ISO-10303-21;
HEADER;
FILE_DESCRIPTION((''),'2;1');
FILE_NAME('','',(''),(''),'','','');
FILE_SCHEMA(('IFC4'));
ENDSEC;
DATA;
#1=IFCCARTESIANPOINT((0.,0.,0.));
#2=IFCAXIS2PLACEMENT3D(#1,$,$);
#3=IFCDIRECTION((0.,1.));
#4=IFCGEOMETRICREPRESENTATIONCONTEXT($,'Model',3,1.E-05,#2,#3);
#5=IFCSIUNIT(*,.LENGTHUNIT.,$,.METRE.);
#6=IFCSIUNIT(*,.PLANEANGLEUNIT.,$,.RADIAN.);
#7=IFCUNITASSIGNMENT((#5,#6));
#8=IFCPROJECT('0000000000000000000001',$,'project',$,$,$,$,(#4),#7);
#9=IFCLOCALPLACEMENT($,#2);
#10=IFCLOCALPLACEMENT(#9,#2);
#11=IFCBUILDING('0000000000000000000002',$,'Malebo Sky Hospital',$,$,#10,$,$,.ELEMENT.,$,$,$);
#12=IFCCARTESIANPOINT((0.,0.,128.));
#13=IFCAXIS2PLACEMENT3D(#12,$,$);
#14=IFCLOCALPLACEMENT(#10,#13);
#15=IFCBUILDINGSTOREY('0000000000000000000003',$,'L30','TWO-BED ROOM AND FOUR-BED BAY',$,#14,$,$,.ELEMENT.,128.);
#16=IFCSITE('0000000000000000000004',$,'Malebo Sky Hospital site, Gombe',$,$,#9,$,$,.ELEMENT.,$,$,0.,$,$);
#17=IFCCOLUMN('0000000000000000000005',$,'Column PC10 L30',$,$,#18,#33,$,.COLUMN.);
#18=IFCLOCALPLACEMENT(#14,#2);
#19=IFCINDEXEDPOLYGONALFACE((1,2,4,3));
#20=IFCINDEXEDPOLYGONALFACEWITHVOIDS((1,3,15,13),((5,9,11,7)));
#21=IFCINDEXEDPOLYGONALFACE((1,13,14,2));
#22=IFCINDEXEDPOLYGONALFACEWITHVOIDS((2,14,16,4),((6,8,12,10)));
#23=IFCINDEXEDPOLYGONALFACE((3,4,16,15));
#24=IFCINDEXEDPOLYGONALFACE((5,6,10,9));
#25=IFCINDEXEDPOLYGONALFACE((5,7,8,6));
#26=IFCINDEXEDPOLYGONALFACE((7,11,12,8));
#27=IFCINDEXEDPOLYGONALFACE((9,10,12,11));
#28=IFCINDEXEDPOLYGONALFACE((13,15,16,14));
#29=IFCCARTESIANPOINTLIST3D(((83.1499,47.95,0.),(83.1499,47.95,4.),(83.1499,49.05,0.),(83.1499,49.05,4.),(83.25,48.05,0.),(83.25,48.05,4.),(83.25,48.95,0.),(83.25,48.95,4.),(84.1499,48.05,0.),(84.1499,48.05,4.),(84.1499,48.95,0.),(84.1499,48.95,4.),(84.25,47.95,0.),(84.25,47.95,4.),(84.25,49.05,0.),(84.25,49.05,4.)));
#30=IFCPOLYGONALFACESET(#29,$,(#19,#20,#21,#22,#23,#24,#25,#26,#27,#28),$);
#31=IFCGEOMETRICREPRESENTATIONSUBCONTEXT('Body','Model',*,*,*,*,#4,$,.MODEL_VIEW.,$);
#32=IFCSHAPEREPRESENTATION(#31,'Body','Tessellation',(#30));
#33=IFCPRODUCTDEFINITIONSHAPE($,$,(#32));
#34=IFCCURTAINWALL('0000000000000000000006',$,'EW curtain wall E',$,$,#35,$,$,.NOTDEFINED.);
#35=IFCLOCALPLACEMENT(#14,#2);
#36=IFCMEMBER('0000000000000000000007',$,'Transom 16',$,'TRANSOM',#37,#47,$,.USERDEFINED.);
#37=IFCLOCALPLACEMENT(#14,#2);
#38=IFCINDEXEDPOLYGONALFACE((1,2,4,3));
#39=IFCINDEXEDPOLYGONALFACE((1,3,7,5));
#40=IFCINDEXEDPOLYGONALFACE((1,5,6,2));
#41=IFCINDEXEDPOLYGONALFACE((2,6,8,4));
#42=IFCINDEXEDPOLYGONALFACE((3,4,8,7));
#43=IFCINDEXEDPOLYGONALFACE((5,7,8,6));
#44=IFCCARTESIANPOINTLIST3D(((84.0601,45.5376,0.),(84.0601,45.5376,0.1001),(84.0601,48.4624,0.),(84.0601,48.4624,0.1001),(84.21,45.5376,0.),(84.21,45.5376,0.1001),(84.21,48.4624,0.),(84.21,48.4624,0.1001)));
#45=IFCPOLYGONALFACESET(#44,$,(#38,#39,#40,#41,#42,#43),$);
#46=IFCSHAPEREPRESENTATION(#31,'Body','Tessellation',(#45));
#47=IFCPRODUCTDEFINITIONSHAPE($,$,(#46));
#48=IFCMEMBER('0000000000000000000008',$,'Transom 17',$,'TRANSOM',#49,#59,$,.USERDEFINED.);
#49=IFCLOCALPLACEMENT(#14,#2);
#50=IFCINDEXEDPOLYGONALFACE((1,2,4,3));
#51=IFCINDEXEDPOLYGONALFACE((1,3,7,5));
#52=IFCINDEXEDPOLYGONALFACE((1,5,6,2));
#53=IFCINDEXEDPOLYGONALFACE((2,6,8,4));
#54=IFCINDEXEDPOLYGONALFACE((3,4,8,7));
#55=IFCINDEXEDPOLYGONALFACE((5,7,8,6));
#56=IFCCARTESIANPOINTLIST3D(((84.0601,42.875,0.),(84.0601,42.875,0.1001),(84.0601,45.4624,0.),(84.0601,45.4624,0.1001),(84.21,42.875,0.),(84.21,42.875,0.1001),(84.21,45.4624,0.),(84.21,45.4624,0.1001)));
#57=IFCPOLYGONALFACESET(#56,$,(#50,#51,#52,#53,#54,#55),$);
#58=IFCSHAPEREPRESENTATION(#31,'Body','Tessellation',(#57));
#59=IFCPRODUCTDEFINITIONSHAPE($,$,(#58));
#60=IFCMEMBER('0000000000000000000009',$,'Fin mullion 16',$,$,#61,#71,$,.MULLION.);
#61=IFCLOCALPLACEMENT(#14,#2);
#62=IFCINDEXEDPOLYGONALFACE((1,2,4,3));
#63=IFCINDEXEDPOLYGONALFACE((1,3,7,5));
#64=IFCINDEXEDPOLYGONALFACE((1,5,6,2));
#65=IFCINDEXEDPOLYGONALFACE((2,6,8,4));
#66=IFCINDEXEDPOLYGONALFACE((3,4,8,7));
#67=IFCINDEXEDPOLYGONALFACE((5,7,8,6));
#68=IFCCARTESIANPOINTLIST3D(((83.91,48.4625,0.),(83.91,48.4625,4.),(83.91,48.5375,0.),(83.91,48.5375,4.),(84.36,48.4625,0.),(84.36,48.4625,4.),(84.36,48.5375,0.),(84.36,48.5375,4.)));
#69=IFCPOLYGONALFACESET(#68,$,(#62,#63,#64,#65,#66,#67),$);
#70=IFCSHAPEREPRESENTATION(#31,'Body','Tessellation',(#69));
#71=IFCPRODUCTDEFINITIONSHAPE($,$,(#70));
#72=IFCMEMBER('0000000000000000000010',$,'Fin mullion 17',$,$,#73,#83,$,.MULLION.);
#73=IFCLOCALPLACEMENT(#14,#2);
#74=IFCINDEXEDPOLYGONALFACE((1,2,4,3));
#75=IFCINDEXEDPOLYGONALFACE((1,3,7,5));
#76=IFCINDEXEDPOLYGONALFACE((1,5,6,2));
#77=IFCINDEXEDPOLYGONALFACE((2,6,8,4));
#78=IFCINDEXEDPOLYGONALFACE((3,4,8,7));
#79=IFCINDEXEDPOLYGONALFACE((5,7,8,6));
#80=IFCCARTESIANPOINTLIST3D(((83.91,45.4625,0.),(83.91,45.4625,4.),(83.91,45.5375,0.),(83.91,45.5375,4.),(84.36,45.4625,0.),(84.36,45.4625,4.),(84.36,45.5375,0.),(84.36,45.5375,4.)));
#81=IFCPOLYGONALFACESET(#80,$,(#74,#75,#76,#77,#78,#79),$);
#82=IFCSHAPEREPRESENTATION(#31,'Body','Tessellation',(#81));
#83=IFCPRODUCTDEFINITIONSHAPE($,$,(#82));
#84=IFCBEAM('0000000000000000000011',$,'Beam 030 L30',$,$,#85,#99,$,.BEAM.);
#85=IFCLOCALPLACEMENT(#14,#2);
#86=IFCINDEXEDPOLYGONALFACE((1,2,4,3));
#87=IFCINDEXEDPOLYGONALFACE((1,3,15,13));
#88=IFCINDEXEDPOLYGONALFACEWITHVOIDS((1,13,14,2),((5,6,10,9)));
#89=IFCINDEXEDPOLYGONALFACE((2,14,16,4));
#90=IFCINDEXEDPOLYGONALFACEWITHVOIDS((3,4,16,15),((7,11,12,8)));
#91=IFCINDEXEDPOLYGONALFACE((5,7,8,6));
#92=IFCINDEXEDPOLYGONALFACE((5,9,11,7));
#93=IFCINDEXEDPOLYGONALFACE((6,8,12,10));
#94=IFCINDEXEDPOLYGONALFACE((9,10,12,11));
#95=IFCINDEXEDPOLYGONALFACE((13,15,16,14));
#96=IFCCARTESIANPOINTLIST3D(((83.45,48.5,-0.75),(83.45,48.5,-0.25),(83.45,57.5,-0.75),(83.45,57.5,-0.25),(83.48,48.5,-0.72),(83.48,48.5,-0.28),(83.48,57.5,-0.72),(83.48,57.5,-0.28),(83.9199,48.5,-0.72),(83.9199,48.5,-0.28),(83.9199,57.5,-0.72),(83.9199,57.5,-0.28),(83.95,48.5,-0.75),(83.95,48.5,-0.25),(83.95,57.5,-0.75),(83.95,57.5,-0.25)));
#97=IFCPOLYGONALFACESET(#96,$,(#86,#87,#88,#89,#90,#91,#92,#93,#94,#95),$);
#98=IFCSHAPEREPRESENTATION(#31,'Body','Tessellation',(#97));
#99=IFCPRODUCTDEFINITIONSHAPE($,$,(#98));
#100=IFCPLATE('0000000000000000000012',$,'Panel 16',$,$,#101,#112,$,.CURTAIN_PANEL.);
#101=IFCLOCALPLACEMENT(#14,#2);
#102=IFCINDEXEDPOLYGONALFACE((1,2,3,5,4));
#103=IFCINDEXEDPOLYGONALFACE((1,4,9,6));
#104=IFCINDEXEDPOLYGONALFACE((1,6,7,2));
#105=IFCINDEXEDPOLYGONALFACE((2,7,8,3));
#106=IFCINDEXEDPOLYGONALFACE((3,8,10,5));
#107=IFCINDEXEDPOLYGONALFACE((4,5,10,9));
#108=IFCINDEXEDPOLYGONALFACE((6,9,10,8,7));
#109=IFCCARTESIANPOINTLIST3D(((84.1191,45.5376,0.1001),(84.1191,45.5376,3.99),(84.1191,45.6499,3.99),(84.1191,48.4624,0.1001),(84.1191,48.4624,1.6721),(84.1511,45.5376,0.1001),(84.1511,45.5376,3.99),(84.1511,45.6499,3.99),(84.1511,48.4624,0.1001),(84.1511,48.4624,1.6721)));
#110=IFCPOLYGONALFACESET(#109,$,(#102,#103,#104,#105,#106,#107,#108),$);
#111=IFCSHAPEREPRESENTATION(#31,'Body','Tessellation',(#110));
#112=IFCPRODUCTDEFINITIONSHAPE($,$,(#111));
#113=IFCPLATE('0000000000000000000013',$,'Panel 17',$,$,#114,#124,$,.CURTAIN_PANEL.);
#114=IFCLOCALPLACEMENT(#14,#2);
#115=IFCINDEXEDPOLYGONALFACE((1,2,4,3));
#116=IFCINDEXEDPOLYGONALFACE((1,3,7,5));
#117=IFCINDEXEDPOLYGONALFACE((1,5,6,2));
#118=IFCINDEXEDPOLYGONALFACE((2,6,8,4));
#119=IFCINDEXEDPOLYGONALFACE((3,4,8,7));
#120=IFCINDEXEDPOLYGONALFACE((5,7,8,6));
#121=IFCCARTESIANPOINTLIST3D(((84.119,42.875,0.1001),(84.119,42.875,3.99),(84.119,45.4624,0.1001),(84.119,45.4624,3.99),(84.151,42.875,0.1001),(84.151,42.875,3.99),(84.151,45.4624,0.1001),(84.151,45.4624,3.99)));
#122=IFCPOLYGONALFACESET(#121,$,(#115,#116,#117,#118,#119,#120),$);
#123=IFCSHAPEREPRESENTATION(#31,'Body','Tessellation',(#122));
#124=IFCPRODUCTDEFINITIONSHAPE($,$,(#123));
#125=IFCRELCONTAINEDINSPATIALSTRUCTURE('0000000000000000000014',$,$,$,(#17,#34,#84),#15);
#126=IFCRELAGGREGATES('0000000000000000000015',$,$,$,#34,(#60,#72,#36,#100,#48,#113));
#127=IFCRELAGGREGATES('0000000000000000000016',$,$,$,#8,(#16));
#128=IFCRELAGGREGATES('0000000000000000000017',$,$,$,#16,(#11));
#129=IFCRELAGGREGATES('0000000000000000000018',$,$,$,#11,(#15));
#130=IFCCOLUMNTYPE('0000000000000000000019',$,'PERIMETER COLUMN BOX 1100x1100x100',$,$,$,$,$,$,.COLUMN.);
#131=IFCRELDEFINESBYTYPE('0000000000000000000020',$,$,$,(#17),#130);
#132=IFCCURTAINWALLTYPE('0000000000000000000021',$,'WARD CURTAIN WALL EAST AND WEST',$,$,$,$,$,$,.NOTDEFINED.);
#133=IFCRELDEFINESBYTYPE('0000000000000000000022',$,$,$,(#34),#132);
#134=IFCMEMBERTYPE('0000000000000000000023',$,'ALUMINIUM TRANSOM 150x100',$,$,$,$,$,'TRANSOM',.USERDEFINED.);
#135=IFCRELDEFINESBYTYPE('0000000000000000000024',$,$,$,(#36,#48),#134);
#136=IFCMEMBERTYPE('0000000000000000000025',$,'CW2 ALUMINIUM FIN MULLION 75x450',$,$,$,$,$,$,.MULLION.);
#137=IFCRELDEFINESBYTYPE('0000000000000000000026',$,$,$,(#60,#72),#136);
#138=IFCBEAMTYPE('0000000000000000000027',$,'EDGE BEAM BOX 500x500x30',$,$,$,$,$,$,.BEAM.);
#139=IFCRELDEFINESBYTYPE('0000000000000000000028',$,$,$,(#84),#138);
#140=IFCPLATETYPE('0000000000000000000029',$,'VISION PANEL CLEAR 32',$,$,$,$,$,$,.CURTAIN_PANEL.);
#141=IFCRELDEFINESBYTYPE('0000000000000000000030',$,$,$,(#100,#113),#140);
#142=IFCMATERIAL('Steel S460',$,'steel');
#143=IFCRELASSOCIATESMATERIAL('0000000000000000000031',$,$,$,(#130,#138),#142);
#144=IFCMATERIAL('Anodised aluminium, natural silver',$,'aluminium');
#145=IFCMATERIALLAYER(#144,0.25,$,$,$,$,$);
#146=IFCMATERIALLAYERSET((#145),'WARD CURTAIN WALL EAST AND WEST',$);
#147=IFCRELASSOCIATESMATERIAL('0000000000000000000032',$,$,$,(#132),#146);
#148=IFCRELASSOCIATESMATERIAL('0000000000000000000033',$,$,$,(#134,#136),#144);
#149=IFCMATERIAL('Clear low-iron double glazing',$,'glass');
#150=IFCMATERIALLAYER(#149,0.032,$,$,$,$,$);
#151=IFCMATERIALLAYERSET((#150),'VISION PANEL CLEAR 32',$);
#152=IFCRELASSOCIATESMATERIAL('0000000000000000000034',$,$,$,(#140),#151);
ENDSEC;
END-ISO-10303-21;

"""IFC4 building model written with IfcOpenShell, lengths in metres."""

from ifc_helpers import new_model, si_unit, direction, frame, origin, origin_2d, place, context, subcontext, project, spatial, polyline, rectangle, hollow_rectangle, outline, extrude, material, layer, layer_set, material_profile, profile_set, type_object, element, aggregate, save


model = new_model("IFC4")

# Units and contexts
model_context = context("Model", 3, precision=1e-05, world=origin(), true_north=direction((0.0, 1.0)))
body_context = subcontext(model_context, "Body", "Model", "MODEL_VIEW")
ifc_project = project(units=[si_unit("LENGTHUNIT", "METRE"), si_unit("PLANEANGLEUNIT", "RADIAN")], contexts=[model_context])

# Site, building, storey
site_placement = place(None, origin())
site = spatial("IfcSite", under=ifc_project, at=site_placement, Name="Malebo Sky Hospital site, Gombe", CompositionType="ELEMENT", RefElevation=0.0)
building_placement = place(site_placement, origin())
building = spatial("IfcBuilding", under=site, at=building_placement, Name="Malebo Sky Hospital", CompositionType="ELEMENT")
storey_placement = place(building_placement, frame((0.0, 0.0, 128.0)))
storey = spatial("IfcBuildingStorey", under=building, at=storey_placement, Name="L30", Description="TWO-BED ROOM AND FOUR-BED BAY", CompositionType="ELEMENT", Elevation=128.0)

# Column
ifc_material_1 = material(Name="Steel S460", Category="steel")
ifc_material_profile_1 = material_profile(ifc_material_1, hollow_rectangle(XDim=1.1001, YDim=1.1001, WallThickness=0.1001, at=origin_2d()), Name="BOX 1100x1100x100")
ifc_profile_set_1 = profile_set([ifc_material_profile_1], Name="Steel S460")
column_type = type_object("IfcColumnType", Name="PERIMETER COLUMN BOX 1100x1100x100", PredefinedType="COLUMN", material=ifc_profile_set_1)
column_placement = place(storey_placement, frame((83.7, 48.5, 0.0), z_axis=(0.0, 0.0, 1.0), x_axis=(1.0, 0.0, 0.0)))
element("IfcColumn", 1, at=column_placement, inside=storey, type_object=column_type, Name="Column PC10 L30", PredefinedType="COLUMN", context=body_context, shape_type="SweptSolid", body=[
    extrude(hollow_rectangle(XDim=1.1001, YDim=1.1001, WallThickness=0.1001, at=origin_2d()), origin(), (0.0, 0.0, 1.0), 4.0),
])

# Curtain wall, members
ifc_material_2 = material(Name="Anodised aluminium, natural silver", Category="aluminium")
ifc_layer_1 = layer(ifc_material_2, 0.25)
ifc_layer_set_1 = layer_set([ifc_layer_1], Name="WARD CURTAIN WALL EAST AND WEST")
curtain_wall_type = type_object("IfcCurtainWallType", Name="WARD CURTAIN WALL EAST AND WEST", PredefinedType="NOTDEFINED", material=ifc_layer_set_1)
curtain_wall_placement = place(storey_placement, origin())
curtain_wall = element("IfcCurtainWall", 2, at=curtain_wall_placement, inside=storey, type_object=curtain_wall_type, Name="EW curtain wall E", PredefinedType="NOTDEFINED")
ifc_material_profile_2 = material_profile(ifc_material_2, rectangle(XDim=0.1499, YDim=0.1001, at=origin_2d()), Name="ALUMINIUM TRANSOM 150x100")
ifc_profile_set_2 = profile_set([ifc_material_profile_2], Name="Anodised aluminium, natural silver")
member_type_1 = type_object("IfcMemberType", Name="ALUMINIUM TRANSOM 150x100", ElementType="TRANSOM", PredefinedType="USERDEFINED", material=ifc_profile_set_2)
member_1_placement = place(storey_placement, frame((84.135, 48.4624, 0.05), z_axis=(0.0, -1.0, 0.0), x_axis=(1.0, 0.0, 0.0)))
member_1 = element("IfcMember", 3, at=member_1_placement, type_object=member_type_1, Name="Transom 16", ObjectType="TRANSOM", PredefinedType="USERDEFINED", context=body_context, shape_type="SweptSolid", body=[
    extrude(rectangle(XDim=0.1499, YDim=0.1001, at=origin_2d()), origin(), (0.0, 0.0, 1.0), 2.9248),
])
member_2_placement = place(storey_placement, frame((84.135, 45.4624, 0.05), z_axis=(0.0, -1.0, 0.0), x_axis=(1.0, 0.0, 0.0)))
member_2 = element("IfcMember", 4, at=member_2_placement, type_object=member_type_1, Name="Transom 17", ObjectType="TRANSOM", PredefinedType="USERDEFINED", context=body_context, shape_type="SweptSolid", body=[
    extrude(rectangle(XDim=0.1499, YDim=0.1001, at=origin_2d()), origin(), (0.0, 0.0, 1.0), 2.5874),
])
ifc_material_profile_3 = material_profile(ifc_material_2, rectangle(XDim=0.075, YDim=0.45, at=origin_2d()), Name="CW2 ALUMINIUM FIN MULLION 75x450")
ifc_profile_set_3 = profile_set([ifc_material_profile_3], Name="Anodised aluminium, natural silver")
member_type_2 = type_object("IfcMemberType", Name="CW2 ALUMINIUM FIN MULLION 75x450", PredefinedType="MULLION", material=ifc_profile_set_3)
member_3_placement = place(storey_placement, frame((84.135, 48.5, 0.0), z_axis=(0.0, 0.0, 1.0), x_axis=(0.0, -1.0, 0.0)))
member_3 = element("IfcMember", 5, at=member_3_placement, type_object=member_type_2, Name="Fin mullion 16", PredefinedType="MULLION", context=body_context, shape_type="SweptSolid", body=[
    extrude(rectangle(XDim=0.075, YDim=0.45, at=origin_2d()), origin(), (0.0, 0.0, 1.0), 4.0),
])
member_4_placement = place(storey_placement, frame((84.135, 45.5, 0.0), z_axis=(0.0, 0.0, 1.0), x_axis=(0.0, -1.0, 0.0)))
member_4 = element("IfcMember", 6, at=member_4_placement, type_object=member_type_2, Name="Fin mullion 17", PredefinedType="MULLION", context=body_context, shape_type="SweptSolid", body=[
    extrude(rectangle(XDim=0.075, YDim=0.45, at=origin_2d()), origin(), (0.0, 0.0, 1.0), 4.0),
])

# Beam
ifc_material_profile_4 = material_profile(ifc_material_1, hollow_rectangle(XDim=0.5, YDim=0.5, WallThickness=0.03, at=origin_2d()), Name="BOX 500x500x30")
ifc_profile_set_4 = profile_set([ifc_material_profile_4], Name="Steel S460")
beam_type = type_object("IfcBeamType", Name="EDGE BEAM BOX 500x500x30", PredefinedType="BEAM", material=ifc_profile_set_4)
beam_placement = place(storey_placement, frame((83.7, 48.5, -0.5), z_axis=(0.0, 1.0, 0.0), x_axis=(-1.0, 0.0, 0.0)))
element("IfcBeam", 7, at=beam_placement, inside=storey, type_object=beam_type, Name="Beam 030 L30", PredefinedType="BEAM", context=body_context, shape_type="SweptSolid", body=[
    extrude(hollow_rectangle(XDim=0.5, YDim=0.5, WallThickness=0.03, at=origin_2d()), origin(), (0.0, 0.0, 1.0), 9.0),
])

# Plates
ifc_material_3 = material(Name="Clear low-iron double glazing", Category="glass")
ifc_layer_2 = layer(ifc_material_3, 0.032)
ifc_layer_set_2 = layer_set([ifc_layer_2], Name="VISION PANEL CLEAR 32")
plate_type = type_object("IfcPlateType", Name="VISION PANEL CLEAR 32", PredefinedType="CURTAIN_PANEL", material=ifc_layer_set_2)
plate_1_placement = place(storey_placement, frame((84.135, 47.0, 0.1001), z_axis=(0.0, 0.0, 1.0), x_axis=(0.0, -1.0, 0.0)))
plate_1 = element("IfcPlate", 8, at=plate_1_placement, type_object=plate_type, Name="Panel 16", PredefinedType="CURTAIN_PANEL", context=body_context, shape_type="SweptSolid", body=[
    extrude(outline(polyline([(-1.4624, 0.0), (1.4624, 0.0), (1.4624, 3.8899), (1.3501, 3.8899), (-1.4624, 1.572), (-1.4624, 0.0)])), frame((0.0, 0.0161, 0.0), z_axis=(0.0, -1.0, 0.0), x_axis=(1.0, 0.0, 0.0)), (0.0, 0.0, 1.0), 0.032),
])
plate_2_placement = place(storey_placement, frame((84.135, 44.1687, 0.1001), z_axis=(0.0, 0.0, 1.0), x_axis=(0.0, -1.0, 0.0)))
plate_2 = element("IfcPlate", 9, at=plate_2_placement, type_object=plate_type, Name="Panel 17", PredefinedType="CURTAIN_PANEL", context=body_context, shape_type="SweptSolid", body=[
    extrude(rectangle(XDim=2.5874, YDim=0.032, at=origin_2d()), origin(), (0.0, 0.0, 1.0), 3.8899),
])
aggregate(curtain_wall, [member_3, member_4, member_1, plate_1, member_2, plate_2])

save(model, "model.ifc")
